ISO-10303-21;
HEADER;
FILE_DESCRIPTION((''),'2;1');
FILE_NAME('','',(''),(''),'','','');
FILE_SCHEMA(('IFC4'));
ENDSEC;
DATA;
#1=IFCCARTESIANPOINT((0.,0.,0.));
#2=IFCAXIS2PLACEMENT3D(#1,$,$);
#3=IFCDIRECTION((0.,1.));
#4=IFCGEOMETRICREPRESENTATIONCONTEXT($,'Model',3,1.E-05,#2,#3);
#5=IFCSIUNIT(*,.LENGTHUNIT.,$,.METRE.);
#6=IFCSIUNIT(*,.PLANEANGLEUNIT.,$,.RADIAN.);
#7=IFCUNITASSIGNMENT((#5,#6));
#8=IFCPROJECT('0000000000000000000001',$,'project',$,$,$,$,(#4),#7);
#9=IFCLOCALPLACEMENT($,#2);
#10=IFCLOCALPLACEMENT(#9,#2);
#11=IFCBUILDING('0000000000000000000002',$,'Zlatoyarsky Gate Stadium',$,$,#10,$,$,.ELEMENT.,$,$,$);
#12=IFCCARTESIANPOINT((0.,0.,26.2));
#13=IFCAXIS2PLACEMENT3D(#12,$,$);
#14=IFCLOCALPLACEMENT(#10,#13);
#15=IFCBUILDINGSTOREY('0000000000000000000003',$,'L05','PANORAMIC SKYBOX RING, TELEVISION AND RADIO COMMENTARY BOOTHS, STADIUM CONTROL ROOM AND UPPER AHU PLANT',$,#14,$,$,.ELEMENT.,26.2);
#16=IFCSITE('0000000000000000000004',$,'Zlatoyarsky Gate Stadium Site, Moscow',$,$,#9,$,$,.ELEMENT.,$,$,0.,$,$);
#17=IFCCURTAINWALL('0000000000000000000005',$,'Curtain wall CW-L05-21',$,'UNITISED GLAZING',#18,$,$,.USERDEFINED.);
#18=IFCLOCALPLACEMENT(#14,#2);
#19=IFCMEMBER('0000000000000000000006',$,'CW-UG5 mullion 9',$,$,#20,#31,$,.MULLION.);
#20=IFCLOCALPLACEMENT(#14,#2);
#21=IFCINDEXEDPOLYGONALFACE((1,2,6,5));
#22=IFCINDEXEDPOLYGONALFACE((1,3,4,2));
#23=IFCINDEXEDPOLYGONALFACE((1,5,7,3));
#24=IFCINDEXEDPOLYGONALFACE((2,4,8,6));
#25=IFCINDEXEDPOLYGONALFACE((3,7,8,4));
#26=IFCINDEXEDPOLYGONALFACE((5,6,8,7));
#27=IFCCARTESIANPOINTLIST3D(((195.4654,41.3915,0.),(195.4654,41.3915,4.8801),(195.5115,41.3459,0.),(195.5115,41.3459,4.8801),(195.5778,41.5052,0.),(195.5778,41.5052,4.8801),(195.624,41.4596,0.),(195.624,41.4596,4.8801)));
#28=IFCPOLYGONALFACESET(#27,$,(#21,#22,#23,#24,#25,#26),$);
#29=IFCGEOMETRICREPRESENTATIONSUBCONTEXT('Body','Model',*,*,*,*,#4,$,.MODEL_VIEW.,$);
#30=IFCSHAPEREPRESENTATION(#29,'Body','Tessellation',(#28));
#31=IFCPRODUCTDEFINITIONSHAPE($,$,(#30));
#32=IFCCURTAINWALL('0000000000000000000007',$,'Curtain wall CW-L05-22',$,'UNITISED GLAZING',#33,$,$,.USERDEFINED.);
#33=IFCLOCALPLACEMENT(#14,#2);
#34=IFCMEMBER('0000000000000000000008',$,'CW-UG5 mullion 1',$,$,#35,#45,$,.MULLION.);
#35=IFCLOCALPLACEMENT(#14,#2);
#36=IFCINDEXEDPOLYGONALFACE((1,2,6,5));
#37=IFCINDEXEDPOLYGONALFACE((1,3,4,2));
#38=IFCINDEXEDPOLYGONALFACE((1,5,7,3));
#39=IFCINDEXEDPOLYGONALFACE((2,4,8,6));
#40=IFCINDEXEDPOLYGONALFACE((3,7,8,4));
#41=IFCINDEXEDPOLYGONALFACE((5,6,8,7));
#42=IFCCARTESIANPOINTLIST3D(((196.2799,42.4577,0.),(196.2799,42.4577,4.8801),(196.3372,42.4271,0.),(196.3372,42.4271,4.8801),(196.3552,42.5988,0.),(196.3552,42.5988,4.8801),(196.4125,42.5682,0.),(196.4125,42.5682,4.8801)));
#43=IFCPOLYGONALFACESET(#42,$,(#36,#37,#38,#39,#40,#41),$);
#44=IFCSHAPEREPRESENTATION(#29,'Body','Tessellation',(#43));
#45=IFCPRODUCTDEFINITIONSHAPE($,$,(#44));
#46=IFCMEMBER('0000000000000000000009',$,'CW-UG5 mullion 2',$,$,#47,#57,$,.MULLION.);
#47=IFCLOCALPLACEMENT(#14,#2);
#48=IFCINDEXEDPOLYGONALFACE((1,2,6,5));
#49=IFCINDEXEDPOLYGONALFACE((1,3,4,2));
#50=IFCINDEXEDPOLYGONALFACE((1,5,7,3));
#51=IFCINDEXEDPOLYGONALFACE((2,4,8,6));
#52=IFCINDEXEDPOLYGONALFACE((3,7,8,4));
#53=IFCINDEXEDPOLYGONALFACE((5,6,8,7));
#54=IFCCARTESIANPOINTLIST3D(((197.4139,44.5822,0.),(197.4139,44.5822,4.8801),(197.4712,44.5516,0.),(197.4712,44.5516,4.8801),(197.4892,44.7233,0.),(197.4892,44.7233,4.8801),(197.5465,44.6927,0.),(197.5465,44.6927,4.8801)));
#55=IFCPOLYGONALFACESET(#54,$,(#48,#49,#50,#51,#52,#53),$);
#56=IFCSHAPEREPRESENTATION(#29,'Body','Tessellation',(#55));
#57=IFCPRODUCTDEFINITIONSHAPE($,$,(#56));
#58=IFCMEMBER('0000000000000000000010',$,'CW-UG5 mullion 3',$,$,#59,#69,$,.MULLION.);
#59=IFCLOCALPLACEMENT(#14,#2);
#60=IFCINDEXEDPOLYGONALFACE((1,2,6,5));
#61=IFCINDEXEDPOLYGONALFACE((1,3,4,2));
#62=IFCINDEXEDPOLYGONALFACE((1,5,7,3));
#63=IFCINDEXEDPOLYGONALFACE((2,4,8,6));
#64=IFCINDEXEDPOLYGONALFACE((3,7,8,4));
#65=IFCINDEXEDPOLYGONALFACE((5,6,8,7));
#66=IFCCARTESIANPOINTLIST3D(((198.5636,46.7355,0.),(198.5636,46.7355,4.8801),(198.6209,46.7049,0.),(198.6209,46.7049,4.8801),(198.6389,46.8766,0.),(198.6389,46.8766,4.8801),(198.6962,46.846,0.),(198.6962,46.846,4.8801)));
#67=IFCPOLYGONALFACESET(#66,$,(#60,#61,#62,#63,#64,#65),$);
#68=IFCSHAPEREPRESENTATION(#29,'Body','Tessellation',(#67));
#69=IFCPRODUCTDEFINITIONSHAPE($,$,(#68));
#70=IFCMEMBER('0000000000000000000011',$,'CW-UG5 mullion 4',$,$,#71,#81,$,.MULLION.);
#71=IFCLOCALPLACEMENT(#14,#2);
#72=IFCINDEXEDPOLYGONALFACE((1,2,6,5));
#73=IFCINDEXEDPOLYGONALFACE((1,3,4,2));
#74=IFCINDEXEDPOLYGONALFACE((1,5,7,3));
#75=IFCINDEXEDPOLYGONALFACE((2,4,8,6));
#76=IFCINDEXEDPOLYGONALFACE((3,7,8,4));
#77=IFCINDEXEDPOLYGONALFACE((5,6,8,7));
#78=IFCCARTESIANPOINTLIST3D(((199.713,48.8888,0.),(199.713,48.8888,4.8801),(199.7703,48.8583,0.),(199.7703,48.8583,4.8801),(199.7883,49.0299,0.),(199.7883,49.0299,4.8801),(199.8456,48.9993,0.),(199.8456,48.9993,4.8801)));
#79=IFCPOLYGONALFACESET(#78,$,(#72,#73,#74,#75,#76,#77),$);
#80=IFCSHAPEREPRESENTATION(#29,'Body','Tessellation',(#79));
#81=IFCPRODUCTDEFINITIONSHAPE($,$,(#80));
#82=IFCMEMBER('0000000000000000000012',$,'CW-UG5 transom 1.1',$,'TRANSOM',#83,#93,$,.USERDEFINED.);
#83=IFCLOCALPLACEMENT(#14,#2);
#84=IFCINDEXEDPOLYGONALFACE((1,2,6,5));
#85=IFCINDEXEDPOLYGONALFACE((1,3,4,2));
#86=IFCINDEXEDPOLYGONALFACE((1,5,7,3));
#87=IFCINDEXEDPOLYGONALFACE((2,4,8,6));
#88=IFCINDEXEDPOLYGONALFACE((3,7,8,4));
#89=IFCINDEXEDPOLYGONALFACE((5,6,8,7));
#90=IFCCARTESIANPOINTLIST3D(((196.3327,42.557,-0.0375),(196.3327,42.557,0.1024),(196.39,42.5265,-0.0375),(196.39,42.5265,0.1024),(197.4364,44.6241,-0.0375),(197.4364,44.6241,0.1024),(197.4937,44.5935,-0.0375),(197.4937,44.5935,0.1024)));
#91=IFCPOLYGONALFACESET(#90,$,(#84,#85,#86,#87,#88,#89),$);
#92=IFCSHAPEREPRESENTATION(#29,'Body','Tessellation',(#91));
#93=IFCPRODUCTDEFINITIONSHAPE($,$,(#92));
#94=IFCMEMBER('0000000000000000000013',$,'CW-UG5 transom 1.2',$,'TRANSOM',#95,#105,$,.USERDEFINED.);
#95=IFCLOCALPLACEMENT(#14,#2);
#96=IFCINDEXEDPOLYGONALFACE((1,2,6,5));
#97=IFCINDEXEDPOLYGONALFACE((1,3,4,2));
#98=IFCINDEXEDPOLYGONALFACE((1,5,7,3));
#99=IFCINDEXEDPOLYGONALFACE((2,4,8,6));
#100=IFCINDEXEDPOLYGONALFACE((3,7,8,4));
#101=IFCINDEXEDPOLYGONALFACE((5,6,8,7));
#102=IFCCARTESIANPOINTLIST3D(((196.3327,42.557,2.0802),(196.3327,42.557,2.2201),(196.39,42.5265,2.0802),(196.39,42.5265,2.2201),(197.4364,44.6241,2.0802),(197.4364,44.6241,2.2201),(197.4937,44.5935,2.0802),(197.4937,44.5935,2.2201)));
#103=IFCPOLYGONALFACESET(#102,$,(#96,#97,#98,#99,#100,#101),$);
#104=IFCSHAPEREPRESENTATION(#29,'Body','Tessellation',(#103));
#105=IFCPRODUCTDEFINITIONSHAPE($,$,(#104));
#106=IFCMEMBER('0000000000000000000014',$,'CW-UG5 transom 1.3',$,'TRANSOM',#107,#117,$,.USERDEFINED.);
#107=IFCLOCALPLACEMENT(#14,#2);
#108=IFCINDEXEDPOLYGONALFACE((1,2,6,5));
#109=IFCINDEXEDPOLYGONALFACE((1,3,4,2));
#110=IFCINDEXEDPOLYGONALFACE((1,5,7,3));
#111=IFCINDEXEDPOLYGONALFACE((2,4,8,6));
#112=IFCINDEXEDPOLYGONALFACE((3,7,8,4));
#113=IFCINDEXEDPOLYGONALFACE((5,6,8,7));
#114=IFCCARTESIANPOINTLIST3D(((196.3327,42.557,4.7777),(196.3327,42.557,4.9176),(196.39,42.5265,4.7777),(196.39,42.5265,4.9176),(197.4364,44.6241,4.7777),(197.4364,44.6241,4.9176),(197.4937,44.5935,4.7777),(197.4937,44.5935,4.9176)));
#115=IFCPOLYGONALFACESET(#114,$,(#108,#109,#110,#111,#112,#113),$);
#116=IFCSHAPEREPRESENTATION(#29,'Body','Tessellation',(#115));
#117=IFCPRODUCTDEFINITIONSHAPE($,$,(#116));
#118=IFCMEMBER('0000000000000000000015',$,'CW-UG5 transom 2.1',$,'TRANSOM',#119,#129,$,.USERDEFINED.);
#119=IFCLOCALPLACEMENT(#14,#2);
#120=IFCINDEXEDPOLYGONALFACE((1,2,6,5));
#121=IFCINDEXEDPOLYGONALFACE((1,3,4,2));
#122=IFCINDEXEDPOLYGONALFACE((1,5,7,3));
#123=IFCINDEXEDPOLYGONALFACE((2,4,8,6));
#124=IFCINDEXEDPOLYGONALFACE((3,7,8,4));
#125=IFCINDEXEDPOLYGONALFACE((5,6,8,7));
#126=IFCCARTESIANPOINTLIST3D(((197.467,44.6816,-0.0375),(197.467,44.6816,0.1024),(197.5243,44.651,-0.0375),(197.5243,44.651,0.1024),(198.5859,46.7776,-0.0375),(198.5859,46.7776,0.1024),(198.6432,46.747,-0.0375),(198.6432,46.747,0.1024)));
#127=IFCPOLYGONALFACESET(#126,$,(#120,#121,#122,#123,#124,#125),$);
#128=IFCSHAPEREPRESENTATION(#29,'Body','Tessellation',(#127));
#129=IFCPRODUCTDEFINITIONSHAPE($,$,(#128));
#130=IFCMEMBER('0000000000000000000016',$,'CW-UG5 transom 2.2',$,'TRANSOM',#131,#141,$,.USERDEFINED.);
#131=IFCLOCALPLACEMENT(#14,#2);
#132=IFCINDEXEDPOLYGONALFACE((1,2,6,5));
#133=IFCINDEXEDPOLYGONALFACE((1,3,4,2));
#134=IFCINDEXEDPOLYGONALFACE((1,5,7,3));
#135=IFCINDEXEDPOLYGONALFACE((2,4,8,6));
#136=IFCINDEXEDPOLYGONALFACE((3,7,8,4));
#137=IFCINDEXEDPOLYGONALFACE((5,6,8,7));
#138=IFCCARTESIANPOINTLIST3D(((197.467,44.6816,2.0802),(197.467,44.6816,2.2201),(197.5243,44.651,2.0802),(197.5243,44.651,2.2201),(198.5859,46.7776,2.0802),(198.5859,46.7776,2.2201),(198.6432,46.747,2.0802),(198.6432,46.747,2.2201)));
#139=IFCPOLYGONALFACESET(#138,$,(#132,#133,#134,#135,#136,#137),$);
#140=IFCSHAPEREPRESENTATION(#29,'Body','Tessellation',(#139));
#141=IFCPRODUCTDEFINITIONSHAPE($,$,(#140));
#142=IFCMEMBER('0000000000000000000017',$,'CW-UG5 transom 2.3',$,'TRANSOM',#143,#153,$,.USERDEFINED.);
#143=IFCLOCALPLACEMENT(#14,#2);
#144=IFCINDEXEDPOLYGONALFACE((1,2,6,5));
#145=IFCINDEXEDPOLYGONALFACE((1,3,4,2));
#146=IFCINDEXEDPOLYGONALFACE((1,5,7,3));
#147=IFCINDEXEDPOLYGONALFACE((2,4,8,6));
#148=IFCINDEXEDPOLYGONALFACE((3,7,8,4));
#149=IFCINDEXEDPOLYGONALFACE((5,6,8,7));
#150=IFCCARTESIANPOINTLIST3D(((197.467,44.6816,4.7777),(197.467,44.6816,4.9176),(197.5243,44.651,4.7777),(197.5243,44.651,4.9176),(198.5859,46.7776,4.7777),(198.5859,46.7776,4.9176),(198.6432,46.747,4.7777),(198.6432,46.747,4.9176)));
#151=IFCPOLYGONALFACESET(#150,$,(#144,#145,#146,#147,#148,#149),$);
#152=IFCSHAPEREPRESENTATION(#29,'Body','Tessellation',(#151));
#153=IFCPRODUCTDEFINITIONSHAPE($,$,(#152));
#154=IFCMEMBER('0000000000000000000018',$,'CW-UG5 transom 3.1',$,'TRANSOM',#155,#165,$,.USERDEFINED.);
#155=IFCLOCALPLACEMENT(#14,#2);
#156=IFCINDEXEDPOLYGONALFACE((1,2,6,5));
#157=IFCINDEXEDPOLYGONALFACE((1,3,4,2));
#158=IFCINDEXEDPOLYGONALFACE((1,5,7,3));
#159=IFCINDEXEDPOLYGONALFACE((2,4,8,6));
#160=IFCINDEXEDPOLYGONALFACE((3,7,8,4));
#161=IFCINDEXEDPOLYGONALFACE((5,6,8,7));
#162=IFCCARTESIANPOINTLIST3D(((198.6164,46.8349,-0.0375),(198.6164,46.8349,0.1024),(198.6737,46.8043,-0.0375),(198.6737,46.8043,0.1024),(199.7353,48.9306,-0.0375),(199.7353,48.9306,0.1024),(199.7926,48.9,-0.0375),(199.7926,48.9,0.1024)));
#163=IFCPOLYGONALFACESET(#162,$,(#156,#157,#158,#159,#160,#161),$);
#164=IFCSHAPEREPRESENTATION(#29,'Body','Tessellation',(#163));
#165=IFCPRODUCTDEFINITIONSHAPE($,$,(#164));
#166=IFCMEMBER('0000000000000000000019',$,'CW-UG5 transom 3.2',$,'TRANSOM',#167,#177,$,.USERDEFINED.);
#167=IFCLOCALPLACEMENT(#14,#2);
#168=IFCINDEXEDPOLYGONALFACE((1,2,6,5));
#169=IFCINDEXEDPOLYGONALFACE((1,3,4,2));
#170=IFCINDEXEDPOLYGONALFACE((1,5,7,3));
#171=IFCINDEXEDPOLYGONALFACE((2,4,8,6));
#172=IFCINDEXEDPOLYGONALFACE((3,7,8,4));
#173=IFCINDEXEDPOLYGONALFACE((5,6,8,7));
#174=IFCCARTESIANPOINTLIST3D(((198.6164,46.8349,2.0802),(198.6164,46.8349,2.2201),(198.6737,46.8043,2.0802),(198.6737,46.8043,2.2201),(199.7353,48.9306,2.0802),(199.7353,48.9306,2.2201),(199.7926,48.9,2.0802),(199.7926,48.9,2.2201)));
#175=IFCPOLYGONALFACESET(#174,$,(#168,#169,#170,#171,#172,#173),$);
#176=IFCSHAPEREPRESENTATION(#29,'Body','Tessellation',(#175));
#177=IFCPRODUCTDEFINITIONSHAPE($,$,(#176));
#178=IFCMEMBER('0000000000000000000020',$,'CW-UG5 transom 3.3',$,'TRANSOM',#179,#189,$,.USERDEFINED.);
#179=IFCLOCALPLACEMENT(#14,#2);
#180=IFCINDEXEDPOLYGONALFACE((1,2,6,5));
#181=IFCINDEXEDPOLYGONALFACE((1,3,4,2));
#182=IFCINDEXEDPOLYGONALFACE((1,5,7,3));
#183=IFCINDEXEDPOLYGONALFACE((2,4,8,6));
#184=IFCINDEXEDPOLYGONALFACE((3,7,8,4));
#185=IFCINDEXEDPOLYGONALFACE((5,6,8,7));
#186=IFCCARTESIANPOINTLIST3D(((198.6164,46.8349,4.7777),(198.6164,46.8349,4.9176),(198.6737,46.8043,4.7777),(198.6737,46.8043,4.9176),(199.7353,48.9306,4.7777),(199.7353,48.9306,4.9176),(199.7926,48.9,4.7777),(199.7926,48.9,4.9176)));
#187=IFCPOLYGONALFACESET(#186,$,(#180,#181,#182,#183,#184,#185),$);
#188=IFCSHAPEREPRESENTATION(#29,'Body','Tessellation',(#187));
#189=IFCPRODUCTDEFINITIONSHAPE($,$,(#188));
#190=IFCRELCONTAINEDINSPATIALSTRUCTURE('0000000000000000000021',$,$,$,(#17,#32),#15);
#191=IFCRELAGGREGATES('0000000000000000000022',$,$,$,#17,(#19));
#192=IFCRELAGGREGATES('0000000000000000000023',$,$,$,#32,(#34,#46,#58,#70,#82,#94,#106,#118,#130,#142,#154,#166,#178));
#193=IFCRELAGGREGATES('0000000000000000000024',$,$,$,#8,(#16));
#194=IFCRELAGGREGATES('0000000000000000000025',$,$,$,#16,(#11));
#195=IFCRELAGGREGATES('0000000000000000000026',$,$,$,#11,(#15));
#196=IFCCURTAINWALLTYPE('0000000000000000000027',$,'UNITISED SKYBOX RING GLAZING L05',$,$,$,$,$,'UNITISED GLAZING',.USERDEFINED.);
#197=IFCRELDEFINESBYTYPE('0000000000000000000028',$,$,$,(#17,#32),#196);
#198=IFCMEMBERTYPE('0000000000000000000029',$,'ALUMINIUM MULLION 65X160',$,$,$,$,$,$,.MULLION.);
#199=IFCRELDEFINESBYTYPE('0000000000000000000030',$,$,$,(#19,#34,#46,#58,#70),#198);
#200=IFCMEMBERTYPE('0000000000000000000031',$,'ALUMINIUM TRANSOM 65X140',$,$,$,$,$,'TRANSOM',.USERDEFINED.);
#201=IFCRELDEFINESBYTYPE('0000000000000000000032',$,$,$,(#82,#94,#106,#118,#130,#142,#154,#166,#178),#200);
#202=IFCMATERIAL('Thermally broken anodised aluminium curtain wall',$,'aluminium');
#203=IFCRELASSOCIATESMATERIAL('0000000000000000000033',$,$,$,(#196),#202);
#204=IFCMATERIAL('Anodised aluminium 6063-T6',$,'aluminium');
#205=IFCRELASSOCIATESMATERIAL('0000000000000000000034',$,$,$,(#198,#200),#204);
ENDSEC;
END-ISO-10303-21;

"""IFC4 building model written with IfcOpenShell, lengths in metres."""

from ifc_helpers import new_model, si_unit, direction, frame, origin, origin_2d, place, context, subcontext, project, spatial, rectangle, extrude, material, material_profile, profile_set, type_object, element, aggregate, save


model = new_model("IFC4")

# Units and contexts
model_context = context("Model", 3, precision=1e-05, world=origin(), true_north=direction((0.0, 1.0)))
body_context = subcontext(model_context, "Body", "Model", "MODEL_VIEW")
ifc_project = project(units=[si_unit("LENGTHUNIT", "METRE"), si_unit("PLANEANGLEUNIT", "RADIAN")], contexts=[model_context])

# Site, building, storey
site_placement = place(None, origin())
site = spatial("IfcSite", under=ifc_project, at=site_placement, Name="Zlatoyarsky Gate Stadium Site, Moscow", CompositionType="ELEMENT", RefElevation=0.0)
building_placement = place(site_placement, origin())
building = spatial("IfcBuilding", under=site, at=building_placement, Name="Zlatoyarsky Gate Stadium", CompositionType="ELEMENT")
storey_placement = place(building_placement, frame((0.0, 0.0, 26.2)))
storey = spatial("IfcBuildingStorey", under=building, at=storey_placement, Name="L05", Description="PANORAMIC SKYBOX RING, TELEVISION AND RADIO COMMENTARY BOOTHS, STADIUM CONTROL ROOM AND UPPER AHU PLANT", CompositionType="ELEMENT", Elevation=26.2)

# Curtain wall, member
ifc_material_1 = material(Name="Thermally broken anodised aluminium curtain wall", Category="aluminium")
curtain_wall_type = type_object("IfcCurtainWallType", Name="UNITISED SKYBOX RING GLAZING L05", ElementType="UNITISED GLAZING", PredefinedType="USERDEFINED", material=ifc_material_1)
curtain_wall_1_placement = place(storey_placement, origin())
curtain_wall_1 = element("IfcCurtainWall", 1, at=curtain_wall_1_placement, inside=storey, type_object=curtain_wall_type, Name="Curtain wall CW-L05-21", ObjectType="UNITISED GLAZING", PredefinedType="USERDEFINED")
ifc_material_2 = material(Name="Anodised aluminium 6063-T6", Category="aluminium")
ifc_material_profile_1 = material_profile(ifc_material_2, rectangle(XDim=0.0649, YDim=0.1599, at=origin_2d()), Name="ALU 65X160")
ifc_profile_set_1 = profile_set([ifc_material_profile_1], Name="Anodised aluminium 6063-T6")
member_type_1 = type_object("IfcMemberType", Name="ALUMINIUM MULLION 65X160", PredefinedType="MULLION", material=ifc_profile_set_1)
member_1_placement = place(storey_placement, frame((195.5447, 41.4255, 0.0), z_axis=(0.0, 0.0, 1.0), x_axis=(-0.711033, 0.703158, 0.0)))
member_1 = element("IfcMember", 2, at=member_1_placement, type_object=member_type_1, Name="CW-UG5 mullion 9", PredefinedType="MULLION", context=body_context, shape_type="SweptSolid", body=[
    extrude(rectangle(XDim=0.0649, YDim=0.1599, at=origin_2d()), origin(), (0.0, 0.0, 1.0), 4.8801),
])
aggregate(curtain_wall_1, [member_1])

# Curtain wall, members
curtain_wall_2_placement = place(storey_placement, origin())
curtain_wall_2 = element("IfcCurtainWall", 3, at=curtain_wall_2_placement, inside=storey, type_object=curtain_wall_type, Name="Curtain wall CW-L05-22", ObjectType="UNITISED GLAZING", PredefinedType="USERDEFINED")
member_2_placement = place(storey_placement, frame((196.3462, 42.5129, 0.0), z_axis=(0.0, 0.0, 1.0), x_axis=(-0.882168, 0.470935, 0.0)))
member_2 = element("IfcMember", 4, at=member_2_placement, type_object=member_type_1, Name="CW-UG5 mullion 1", PredefinedType="MULLION", context=body_context, shape_type="SweptSolid", body=[
    extrude(rectangle(XDim=0.0649, YDim=0.1599, at=origin_2d()), origin(), (0.0, 0.0, 1.0), 4.8801),
])
member_3_placement = place(storey_placement, frame((197.4802, 44.6375, 0.0), z_axis=(0.0, 0.0, 1.0), x_axis=(-0.882168, 0.470935, 0.0)))
member_3 = element("IfcMember", 5, at=member_3_placement, type_object=member_type_1, Name="CW-UG5 mullion 2", PredefinedType="MULLION", context=body_context, shape_type="SweptSolid", body=[
    extrude(rectangle(XDim=0.0649, YDim=0.1599, at=origin_2d()), origin(), (0.0, 0.0, 1.0), 4.8801),
])
member_4_placement = place(storey_placement, frame((198.6299, 46.7908, 0.0), z_axis=(0.0, 0.0, 1.0), x_axis=(-0.882168, 0.470935, 0.0)))
member_4 = element("IfcMember", 6, at=member_4_placement, type_object=member_type_1, Name="CW-UG5 mullion 3", PredefinedType="MULLION", context=body_context, shape_type="SweptSolid", body=[
    extrude(rectangle(XDim=0.0649, YDim=0.1599, at=origin_2d()), origin(), (0.0, 0.0, 1.0), 4.8801),
])
member_5_placement = place(storey_placement, frame((199.7793, 48.9441, 0.0), z_axis=(0.0, 0.0, 1.0), x_axis=(-0.882168, 0.470935, 0.0)))
member_5 = element("IfcMember", 7, at=member_5_placement, type_object=member_type_1, Name="CW-UG5 mullion 4", PredefinedType="MULLION", context=body_context, shape_type="SweptSolid", body=[
    extrude(rectangle(XDim=0.0649, YDim=0.1599, at=origin_2d()), origin(), (0.0, 0.0, 1.0), 4.8801),
])
ifc_material_profile_2 = material_profile(ifc_material_2, rectangle(XDim=0.0649, YDim=0.1399, at=origin_2d()), Name="ALU 65X140")
ifc_profile_set_2 = profile_set([ifc_material_profile_2], Name="Anodised aluminium 6063-T6")
member_type_2 = type_object("IfcMemberType", Name="ALUMINIUM TRANSOM 65X140", ElementType="TRANSOM", PredefinedType="USERDEFINED", material=ifc_profile_set_2)
member_6_placement = place(storey_placement, frame((196.3613, 42.5417, 0.0325), z_axis=(0.471015, 0.882125, 0.0), x_axis=(-0.882125, 0.471015, 0.0)))
member_6 = element("IfcMember", 8, at=member_6_placement, type_object=member_type_2, Name="CW-UG5 transom 1.1", ObjectType="TRANSOM", PredefinedType="USERDEFINED", context=body_context, shape_type="SweptSolid", body=[
    extrude(rectangle(XDim=0.0649, YDim=0.1399, at=origin_2d()), origin(), (0.0, 0.0, 1.0), 2.3433),
])
member_7_placement = place(storey_placement, frame((196.3613, 42.5417, 2.1501), z_axis=(0.471015, 0.882125, 0.0), x_axis=(-0.882125, 0.471015, 0.0)))
member_7 = element("IfcMember", 9, at=member_7_placement, type_object=member_type_2, Name="CW-UG5 transom 1.2", ObjectType="TRANSOM", PredefinedType="USERDEFINED", context=body_context, shape_type="SweptSolid", body=[
    extrude(rectangle(XDim=0.0649, YDim=0.1399, at=origin_2d()), origin(), (0.0, 0.0, 1.0), 2.3433),
])
member_8_placement = place(storey_placement, frame((196.3613, 42.5417, 4.8477), z_axis=(0.471015, 0.882125, 0.0), x_axis=(-0.882125, 0.471015, 0.0)))
member_8 = element("IfcMember", 10, at=member_8_placement, type_object=member_type_2, Name="CW-UG5 transom 1.3", ObjectType="TRANSOM", PredefinedType="USERDEFINED", context=body_context, shape_type="SweptSolid", body=[
    extrude(rectangle(XDim=0.0649, YDim=0.1399, at=origin_2d()), origin(), (0.0, 0.0, 1.0), 2.3433),
])
member_9_placement = place(storey_placement, frame((197.4956, 44.6663, 0.0325), z_axis=(0.470935, 0.882168, 0.0), x_axis=(-0.882168, 0.470935, 0.0)))
member_9 = element("IfcMember", 11, at=member_9_placement, type_object=member_type_2, Name="CW-UG5 transom 2.1", ObjectType="TRANSOM", PredefinedType="USERDEFINED", context=body_context, shape_type="SweptSolid", body=[
    extrude(rectangle(XDim=0.0649, YDim=0.1399, at=origin_2d()), origin(), (0.0, 0.0, 1.0), 2.376),
])
member_10_placement = place(storey_placement, frame((197.4956, 44.6663, 2.1501), z_axis=(0.470935, 0.882168, 0.0), x_axis=(-0.882168, 0.470935, 0.0)))
member_10 = element("IfcMember", 12, at=member_10_placement, type_object=member_type_2, Name="CW-UG5 transom 2.2", ObjectType="TRANSOM", PredefinedType="USERDEFINED", context=body_context, shape_type="SweptSolid", body=[
    extrude(rectangle(XDim=0.0649, YDim=0.1399, at=origin_2d()), origin(), (0.0, 0.0, 1.0), 2.376),
])
member_11_placement = place(storey_placement, frame((197.4956, 44.6663, 4.8477), z_axis=(0.470935, 0.882168, 0.0), x_axis=(-0.882168, 0.470935, 0.0)))
member_11 = element("IfcMember", 13, at=member_11_placement, type_object=member_type_2, Name="CW-UG5 transom 2.3", ObjectType="TRANSOM", PredefinedType="USERDEFINED", context=body_context, shape_type="SweptSolid", body=[
    extrude(rectangle(XDim=0.0649, YDim=0.1399, at=origin_2d()), origin(), (0.0, 0.0, 1.0), 2.376),
])
member_12_placement = place(storey_placement, frame((198.645, 46.8196, 0.0325), z_axis=(0.470978, 0.882145, 0.0), x_axis=(-0.882145, 0.470978, 0.0)))
member_12 = element("IfcMember", 14, at=member_12_placement, type_object=member_type_2, Name="CW-UG5 transom 3.1", ObjectType="TRANSOM", PredefinedType="USERDEFINED", context=body_context, shape_type="SweptSolid", body=[
    extrude(rectangle(XDim=0.0649, YDim=0.1399, at=origin_2d()), origin(), (0.0, 0.0, 1.0), 2.3757),
])
member_13_placement = place(storey_placement, frame((198.645, 46.8196, 2.1501), z_axis=(0.470978, 0.882145, 0.0), x_axis=(-0.882145, 0.470978, 0.0)))
member_13 = element("IfcMember", 15, at=member_13_placement, type_object=member_type_2, Name="CW-UG5 transom 3.2", ObjectType="TRANSOM", PredefinedType="USERDEFINED", context=body_context, shape_type="SweptSolid", body=[
    extrude(rectangle(XDim=0.0649, YDim=0.1399, at=origin_2d()), origin(), (0.0, 0.0, 1.0), 2.3757),
])
member_14_placement = place(storey_placement, frame((198.645, 46.8196, 4.8477), z_axis=(0.470978, 0.882145, 0.0), x_axis=(-0.882145, 0.470978, 0.0)))
member_14 = element("IfcMember", 16, at=member_14_placement, type_object=member_type_2, Name="CW-UG5 transom 3.3", ObjectType="TRANSOM", PredefinedType="USERDEFINED", context=body_context, shape_type="SweptSolid", body=[
    extrude(rectangle(XDim=0.0649, YDim=0.1399, at=origin_2d()), origin(), (0.0, 0.0, 1.0), 2.3757),
])

aggregate(curtain_wall_2, [member_2, member_3, member_4, member_5, member_6, member_7, member_8, member_9, member_10, member_11, member_12, member_13, member_14])

save(model, "model.ifc")
